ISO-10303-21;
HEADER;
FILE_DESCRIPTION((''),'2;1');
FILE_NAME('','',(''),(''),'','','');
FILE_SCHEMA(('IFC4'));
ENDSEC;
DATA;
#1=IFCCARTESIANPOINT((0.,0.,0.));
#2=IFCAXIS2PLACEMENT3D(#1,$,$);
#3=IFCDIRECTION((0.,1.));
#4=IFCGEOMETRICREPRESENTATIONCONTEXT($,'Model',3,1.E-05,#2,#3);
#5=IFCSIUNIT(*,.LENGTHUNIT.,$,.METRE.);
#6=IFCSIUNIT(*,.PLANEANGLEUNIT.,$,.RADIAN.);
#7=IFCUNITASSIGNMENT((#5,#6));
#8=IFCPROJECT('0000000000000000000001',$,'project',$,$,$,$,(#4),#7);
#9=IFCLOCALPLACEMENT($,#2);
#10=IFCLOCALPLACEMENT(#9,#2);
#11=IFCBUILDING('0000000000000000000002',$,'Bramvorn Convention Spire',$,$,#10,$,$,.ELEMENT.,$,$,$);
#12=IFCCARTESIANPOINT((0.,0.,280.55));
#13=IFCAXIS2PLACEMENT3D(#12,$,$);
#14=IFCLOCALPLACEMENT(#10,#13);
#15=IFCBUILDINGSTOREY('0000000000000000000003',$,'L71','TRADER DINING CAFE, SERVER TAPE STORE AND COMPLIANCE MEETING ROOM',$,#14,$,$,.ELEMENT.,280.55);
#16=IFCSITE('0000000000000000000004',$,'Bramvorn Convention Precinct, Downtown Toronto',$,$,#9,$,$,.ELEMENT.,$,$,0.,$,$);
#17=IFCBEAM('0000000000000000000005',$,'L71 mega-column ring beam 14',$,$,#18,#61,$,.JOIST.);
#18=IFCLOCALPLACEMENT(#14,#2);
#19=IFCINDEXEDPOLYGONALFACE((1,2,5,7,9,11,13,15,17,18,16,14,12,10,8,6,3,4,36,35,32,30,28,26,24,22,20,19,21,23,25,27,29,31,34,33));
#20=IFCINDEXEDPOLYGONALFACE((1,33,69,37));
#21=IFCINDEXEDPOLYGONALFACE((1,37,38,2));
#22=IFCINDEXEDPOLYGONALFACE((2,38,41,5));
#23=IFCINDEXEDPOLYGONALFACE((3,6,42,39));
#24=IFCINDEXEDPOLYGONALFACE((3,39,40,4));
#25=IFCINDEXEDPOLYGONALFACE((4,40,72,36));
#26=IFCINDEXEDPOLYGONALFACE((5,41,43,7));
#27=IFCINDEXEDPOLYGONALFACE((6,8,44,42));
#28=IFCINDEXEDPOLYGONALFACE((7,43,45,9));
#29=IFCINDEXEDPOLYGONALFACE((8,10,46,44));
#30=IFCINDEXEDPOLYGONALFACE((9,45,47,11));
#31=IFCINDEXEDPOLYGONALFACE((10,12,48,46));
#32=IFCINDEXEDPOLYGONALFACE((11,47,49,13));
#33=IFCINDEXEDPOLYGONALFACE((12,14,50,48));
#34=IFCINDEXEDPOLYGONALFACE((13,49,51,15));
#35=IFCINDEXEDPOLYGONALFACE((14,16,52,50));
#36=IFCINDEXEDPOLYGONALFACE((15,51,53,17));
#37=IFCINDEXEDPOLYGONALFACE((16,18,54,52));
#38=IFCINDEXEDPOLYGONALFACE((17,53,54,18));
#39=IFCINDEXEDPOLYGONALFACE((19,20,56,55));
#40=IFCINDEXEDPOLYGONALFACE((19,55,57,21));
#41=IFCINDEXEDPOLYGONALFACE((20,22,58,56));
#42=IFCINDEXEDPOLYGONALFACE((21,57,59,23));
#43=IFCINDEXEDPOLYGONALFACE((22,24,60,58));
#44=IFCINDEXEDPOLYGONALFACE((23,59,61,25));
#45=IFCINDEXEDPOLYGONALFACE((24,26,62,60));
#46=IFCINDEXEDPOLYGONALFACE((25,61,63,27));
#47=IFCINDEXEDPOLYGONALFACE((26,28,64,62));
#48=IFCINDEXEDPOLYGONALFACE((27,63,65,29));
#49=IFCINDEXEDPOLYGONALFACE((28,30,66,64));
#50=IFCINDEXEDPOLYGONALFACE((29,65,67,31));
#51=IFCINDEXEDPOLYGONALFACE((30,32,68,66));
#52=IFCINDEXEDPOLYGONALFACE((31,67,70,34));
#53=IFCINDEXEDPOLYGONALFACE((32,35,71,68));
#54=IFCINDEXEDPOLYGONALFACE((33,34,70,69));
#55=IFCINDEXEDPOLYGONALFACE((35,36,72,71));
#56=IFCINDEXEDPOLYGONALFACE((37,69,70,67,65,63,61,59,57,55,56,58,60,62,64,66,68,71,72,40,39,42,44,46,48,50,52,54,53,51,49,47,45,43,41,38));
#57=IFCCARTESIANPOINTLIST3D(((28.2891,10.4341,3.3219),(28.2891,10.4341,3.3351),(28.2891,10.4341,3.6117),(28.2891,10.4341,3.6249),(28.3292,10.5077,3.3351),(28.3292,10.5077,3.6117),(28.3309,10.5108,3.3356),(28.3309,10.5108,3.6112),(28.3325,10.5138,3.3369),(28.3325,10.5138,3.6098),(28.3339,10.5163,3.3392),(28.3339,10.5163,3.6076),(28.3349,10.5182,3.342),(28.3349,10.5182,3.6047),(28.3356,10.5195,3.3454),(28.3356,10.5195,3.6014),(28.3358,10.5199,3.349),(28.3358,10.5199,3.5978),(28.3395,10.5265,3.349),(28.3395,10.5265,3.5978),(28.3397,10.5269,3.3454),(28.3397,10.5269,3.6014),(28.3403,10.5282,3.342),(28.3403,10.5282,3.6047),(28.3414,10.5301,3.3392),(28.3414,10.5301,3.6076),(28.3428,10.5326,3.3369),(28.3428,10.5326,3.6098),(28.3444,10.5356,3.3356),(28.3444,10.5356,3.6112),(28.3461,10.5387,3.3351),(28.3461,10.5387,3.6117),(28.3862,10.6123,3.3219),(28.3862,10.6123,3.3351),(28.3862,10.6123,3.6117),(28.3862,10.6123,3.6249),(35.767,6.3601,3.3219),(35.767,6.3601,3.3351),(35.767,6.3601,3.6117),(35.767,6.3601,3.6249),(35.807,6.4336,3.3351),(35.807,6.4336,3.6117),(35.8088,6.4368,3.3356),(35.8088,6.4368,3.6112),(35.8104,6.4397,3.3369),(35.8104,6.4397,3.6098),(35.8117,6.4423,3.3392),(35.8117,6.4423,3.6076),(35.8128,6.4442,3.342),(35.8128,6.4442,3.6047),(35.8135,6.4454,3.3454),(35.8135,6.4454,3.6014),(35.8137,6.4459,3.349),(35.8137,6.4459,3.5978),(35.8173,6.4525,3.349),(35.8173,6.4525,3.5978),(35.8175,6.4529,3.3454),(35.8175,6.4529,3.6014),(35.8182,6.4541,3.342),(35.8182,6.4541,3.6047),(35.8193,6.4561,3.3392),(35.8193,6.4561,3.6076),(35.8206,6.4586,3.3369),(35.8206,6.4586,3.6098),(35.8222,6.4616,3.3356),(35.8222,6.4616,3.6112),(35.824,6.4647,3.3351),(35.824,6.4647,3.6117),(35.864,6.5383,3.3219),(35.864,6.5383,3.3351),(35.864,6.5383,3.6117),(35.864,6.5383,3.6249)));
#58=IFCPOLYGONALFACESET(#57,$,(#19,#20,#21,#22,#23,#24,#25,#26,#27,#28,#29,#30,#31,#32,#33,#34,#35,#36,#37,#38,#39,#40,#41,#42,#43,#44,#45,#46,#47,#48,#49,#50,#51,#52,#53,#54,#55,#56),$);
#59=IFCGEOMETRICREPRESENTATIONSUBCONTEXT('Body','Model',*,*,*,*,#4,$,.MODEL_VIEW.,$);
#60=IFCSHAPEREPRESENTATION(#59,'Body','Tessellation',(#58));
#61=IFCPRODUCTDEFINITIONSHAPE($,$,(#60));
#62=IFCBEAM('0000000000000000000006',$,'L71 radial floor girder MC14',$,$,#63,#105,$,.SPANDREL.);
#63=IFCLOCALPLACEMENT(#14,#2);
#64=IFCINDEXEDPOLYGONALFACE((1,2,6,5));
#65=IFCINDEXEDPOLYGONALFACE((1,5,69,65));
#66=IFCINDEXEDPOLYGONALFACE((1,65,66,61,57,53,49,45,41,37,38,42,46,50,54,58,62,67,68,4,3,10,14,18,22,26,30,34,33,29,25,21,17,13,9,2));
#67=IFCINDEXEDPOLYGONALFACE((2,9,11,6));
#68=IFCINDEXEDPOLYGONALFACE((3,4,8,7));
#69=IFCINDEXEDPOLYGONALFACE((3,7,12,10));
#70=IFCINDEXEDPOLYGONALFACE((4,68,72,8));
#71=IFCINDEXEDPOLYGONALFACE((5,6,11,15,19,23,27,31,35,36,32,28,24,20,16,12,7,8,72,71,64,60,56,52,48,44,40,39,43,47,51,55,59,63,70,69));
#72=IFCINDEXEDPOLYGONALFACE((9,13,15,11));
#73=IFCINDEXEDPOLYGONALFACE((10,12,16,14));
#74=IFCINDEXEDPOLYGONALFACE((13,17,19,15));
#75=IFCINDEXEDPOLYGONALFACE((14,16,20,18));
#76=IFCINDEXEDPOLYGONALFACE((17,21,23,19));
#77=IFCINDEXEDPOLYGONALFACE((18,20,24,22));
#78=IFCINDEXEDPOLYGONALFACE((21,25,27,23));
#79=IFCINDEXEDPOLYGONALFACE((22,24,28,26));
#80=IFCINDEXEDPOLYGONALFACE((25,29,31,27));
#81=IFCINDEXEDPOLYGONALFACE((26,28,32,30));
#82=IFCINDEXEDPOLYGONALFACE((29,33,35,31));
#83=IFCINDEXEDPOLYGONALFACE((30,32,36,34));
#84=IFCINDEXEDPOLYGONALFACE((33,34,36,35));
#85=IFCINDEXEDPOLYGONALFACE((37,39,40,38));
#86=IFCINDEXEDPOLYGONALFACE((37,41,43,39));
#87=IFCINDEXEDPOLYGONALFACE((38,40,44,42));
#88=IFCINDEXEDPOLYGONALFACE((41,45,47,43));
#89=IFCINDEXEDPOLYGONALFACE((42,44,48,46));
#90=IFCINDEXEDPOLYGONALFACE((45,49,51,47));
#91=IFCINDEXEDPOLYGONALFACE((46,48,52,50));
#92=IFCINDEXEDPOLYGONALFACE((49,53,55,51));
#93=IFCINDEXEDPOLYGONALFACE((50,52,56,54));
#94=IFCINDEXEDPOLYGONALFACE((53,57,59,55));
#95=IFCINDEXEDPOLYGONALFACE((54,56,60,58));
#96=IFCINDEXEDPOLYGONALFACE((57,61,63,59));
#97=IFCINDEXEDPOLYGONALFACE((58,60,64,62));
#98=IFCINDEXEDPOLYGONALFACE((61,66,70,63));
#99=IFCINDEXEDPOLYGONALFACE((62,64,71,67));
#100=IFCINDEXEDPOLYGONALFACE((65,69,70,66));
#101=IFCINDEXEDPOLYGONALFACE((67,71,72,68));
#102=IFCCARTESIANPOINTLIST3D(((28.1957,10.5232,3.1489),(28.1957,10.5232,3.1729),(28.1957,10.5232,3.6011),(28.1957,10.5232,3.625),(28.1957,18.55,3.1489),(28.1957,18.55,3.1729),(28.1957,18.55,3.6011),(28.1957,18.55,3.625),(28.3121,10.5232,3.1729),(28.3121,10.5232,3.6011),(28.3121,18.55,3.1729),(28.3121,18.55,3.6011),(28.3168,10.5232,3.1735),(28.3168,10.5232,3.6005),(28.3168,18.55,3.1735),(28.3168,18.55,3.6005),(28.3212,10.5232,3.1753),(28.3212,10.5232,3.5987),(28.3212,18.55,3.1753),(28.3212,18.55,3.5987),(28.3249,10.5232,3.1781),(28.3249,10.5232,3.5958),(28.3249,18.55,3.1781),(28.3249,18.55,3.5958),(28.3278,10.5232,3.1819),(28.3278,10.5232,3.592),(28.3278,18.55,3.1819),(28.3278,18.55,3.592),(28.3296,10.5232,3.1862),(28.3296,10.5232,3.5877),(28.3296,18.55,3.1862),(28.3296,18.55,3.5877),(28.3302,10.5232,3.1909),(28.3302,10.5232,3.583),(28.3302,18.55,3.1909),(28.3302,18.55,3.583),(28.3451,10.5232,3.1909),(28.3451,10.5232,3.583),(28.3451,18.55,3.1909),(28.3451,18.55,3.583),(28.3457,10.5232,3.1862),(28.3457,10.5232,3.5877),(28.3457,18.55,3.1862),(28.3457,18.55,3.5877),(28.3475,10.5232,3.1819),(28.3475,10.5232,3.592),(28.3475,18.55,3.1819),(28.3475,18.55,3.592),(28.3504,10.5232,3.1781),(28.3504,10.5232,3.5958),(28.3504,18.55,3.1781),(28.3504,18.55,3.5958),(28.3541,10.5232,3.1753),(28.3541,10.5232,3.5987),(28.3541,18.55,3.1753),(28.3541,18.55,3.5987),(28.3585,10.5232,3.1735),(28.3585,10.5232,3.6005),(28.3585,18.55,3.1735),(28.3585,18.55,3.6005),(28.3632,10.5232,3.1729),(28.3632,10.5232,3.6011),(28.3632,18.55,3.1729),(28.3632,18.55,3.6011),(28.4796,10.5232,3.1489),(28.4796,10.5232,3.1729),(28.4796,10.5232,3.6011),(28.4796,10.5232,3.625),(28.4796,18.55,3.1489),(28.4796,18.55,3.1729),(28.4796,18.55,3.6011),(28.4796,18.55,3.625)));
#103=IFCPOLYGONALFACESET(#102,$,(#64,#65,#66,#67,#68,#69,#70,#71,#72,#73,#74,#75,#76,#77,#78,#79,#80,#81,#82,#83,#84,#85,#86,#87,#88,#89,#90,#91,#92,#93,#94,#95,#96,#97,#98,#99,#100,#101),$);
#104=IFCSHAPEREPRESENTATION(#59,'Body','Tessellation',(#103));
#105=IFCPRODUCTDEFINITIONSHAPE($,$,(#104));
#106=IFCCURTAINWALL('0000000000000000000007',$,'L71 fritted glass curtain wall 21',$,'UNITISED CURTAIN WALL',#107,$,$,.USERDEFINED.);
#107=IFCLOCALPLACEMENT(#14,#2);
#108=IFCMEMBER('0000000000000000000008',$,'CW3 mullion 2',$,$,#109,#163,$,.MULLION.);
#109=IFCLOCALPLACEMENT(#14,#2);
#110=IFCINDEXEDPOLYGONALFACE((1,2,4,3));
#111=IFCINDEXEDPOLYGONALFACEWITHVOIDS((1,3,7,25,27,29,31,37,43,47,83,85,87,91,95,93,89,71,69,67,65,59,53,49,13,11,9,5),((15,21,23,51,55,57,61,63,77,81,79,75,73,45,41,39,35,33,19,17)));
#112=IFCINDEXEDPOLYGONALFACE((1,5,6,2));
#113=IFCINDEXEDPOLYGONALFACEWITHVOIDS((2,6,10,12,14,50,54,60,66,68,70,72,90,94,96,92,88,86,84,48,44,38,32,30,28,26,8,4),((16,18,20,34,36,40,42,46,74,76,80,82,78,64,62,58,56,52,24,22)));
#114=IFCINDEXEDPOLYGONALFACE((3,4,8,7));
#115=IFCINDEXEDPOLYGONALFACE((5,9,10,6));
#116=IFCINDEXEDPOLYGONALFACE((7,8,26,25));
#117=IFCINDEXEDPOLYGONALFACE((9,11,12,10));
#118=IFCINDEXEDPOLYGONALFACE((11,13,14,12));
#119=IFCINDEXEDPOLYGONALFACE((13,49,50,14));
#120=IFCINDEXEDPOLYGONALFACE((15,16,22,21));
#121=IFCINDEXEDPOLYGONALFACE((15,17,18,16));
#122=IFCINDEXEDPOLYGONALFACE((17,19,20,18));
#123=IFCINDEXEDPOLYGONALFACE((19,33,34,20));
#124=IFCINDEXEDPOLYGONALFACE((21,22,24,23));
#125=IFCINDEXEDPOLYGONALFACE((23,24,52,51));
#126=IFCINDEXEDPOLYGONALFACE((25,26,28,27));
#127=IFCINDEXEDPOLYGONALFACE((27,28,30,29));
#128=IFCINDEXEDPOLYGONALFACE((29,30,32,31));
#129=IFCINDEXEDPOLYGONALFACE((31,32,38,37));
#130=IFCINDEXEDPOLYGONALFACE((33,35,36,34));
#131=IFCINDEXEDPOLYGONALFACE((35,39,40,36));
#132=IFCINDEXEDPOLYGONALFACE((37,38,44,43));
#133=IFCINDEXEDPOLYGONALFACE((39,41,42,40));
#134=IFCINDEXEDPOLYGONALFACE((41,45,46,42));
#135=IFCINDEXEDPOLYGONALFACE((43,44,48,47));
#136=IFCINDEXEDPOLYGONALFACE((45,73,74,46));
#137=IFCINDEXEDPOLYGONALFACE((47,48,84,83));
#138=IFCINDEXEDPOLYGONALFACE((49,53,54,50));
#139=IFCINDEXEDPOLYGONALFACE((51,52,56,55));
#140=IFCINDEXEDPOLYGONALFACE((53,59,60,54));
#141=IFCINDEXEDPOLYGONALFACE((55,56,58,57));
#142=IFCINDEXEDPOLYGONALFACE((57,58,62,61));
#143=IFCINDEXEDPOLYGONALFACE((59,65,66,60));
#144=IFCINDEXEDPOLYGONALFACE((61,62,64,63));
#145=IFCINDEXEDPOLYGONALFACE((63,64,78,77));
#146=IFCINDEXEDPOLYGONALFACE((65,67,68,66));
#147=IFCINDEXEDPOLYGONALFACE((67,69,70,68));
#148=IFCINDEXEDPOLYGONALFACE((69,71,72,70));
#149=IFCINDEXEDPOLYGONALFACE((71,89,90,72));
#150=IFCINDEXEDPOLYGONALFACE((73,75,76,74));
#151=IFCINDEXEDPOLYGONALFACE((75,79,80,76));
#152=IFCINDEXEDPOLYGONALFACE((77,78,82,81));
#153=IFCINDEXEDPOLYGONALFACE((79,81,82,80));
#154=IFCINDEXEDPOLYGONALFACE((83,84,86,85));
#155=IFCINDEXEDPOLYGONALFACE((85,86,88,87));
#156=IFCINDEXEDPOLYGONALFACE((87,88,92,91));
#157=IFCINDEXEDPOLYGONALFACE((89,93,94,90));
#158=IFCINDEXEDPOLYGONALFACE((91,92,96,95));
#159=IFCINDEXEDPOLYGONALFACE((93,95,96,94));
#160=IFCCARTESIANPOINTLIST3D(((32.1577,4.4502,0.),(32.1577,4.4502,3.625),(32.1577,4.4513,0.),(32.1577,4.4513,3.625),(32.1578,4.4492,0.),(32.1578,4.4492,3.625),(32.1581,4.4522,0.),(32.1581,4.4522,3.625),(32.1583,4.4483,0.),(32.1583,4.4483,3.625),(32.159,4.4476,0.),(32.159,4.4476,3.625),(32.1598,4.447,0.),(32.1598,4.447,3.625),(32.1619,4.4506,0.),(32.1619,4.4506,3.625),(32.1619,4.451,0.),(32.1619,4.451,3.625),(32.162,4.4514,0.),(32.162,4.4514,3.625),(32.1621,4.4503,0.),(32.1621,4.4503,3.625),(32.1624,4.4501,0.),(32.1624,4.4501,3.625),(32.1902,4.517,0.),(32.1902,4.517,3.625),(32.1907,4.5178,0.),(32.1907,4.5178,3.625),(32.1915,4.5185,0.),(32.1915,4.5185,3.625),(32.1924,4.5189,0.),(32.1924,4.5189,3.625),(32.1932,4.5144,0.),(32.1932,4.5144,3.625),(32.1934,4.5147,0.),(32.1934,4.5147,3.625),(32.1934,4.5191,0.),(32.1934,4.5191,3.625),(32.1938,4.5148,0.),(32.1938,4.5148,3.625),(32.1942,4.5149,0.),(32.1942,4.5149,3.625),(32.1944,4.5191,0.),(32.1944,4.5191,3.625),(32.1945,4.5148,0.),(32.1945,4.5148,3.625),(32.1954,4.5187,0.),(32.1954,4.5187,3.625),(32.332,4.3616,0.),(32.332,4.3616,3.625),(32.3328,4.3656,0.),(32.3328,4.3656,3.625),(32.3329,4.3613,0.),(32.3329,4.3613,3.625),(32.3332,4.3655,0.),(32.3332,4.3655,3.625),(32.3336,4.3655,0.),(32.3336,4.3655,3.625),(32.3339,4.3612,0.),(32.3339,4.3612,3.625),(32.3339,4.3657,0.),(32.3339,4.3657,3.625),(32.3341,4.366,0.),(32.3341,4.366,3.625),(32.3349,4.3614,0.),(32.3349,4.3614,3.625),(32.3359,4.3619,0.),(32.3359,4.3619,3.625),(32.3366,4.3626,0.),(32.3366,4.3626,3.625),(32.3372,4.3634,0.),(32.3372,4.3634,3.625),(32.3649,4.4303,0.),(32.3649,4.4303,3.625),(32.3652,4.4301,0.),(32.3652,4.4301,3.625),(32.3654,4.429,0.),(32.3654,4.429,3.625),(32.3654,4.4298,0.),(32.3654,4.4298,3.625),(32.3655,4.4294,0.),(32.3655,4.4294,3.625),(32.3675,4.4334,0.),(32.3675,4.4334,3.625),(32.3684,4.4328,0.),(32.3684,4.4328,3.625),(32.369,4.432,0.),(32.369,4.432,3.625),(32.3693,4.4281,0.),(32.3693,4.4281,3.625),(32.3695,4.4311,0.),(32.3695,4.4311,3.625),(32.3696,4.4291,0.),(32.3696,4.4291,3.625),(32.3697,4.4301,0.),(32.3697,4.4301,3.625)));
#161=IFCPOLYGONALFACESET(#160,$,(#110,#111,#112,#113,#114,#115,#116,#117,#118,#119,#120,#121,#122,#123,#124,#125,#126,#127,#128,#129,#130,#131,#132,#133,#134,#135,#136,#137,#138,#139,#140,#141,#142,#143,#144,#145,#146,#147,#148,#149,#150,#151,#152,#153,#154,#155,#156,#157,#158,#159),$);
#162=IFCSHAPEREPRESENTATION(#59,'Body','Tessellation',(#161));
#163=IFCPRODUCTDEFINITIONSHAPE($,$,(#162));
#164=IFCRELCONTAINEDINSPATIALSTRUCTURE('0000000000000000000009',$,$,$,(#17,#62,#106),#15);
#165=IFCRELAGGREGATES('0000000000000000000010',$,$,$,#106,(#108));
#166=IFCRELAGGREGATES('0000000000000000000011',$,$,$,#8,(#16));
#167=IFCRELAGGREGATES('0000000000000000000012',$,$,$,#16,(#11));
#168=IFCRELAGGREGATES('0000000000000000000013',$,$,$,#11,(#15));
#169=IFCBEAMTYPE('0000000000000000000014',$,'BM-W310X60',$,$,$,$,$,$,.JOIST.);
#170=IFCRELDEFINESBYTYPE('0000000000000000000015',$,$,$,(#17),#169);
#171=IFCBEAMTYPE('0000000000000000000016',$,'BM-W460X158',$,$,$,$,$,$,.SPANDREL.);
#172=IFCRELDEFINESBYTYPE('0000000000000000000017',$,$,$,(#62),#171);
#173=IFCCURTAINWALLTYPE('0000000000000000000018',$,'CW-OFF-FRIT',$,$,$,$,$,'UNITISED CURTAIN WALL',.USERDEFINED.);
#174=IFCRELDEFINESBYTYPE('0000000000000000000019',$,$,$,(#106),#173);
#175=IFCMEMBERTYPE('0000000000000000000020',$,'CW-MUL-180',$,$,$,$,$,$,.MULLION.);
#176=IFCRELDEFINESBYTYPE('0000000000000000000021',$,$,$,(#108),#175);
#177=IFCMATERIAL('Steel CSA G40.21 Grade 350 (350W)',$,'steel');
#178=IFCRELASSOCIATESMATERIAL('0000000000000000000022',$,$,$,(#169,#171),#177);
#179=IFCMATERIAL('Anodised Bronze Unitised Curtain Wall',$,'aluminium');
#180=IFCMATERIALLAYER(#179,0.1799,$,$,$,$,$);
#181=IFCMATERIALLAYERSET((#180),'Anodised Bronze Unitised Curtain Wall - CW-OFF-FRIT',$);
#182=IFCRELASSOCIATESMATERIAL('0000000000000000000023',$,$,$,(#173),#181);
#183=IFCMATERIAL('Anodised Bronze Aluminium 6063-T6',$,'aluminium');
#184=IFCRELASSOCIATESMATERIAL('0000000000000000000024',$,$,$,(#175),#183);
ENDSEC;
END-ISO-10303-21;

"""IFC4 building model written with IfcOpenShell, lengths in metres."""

from ifc_helpers import new_model, si_unit, direction, frame, origin, origin_2d, place, context, subcontext, project, spatial, hollow_rectangle, i_section, extrude, material, layer, layer_set, material_profile, profile_set, type_object, element, aggregate, save


model = new_model("IFC4")

# Units and contexts
model_context = context("Model", 3, precision=1e-05, world=origin(), true_north=direction((0.0, 1.0)))
body_context = subcontext(model_context, "Body", "Model", "MODEL_VIEW")
ifc_project = project(units=[si_unit("LENGTHUNIT", "METRE"), si_unit("PLANEANGLEUNIT", "RADIAN")], contexts=[model_context])

# Site, building, storey
site_placement = place(None, origin())
site = spatial("IfcSite", under=ifc_project, at=site_placement, Name="Bramvorn Convention Precinct, Downtown Toronto", CompositionType="ELEMENT", RefElevation=0.0)
building_placement = place(site_placement, origin())
building = spatial("IfcBuilding", under=site, at=building_placement, Name="Bramvorn Convention Spire", CompositionType="ELEMENT")
storey_placement = place(building_placement, frame((0.0, 0.0, 280.55)))
storey = spatial("IfcBuildingStorey", under=building, at=storey_placement, Name="L71", Description="TRADER DINING CAFE, SERVER TAPE STORE AND COMPLIANCE MEETING ROOM", CompositionType="ELEMENT", Elevation=280.55)

# Shared definitions
ifc_material_1 = material(Name="Steel CSA G40.21 Grade 350 (350W)", Category="steel")

# Beams
ifc_material_profile_1 = material_profile(ifc_material_1, i_section(OverallWidth=0.2029, OverallDepth=0.303, WebThickness=0.0076, FlangeThickness=0.0132, FilletRadius=0.0139, at=origin_2d()))
ifc_profile_set_1 = profile_set([ifc_material_profile_1], Name="Steel CSA G40.21 Grade 350 (350W) - W310X60")
beam_type_1 = type_object("IfcBeamType", Name="BM-W310X60", PredefinedType="JOIST", material=ifc_profile_set_1)
beam_1_placement = place(storey_placement, frame((28.3376, 10.5232, 3.4734), z_axis=(0.878133, -0.478416, 0.0), x_axis=(0.478416, 0.878133, 0.0)))
element("IfcBeam", 1, at=beam_1_placement, inside=storey, type_object=beam_type_1, Name="L71 mega-column ring beam 14", PredefinedType="JOIST", context=body_context, shape_type="SweptSolid", body=[
    extrude(i_section(OverallWidth=0.2029, OverallDepth=0.303, WebThickness=0.0076, FlangeThickness=0.0132, FilletRadius=0.0139, at=origin_2d()), origin(), (0.0, 0.0, 1.0), 8.5156),
])
ifc_material_profile_2 = material_profile(ifc_material_1, i_section(OverallWidth=0.2839, OverallDepth=0.4761, WebThickness=0.0149, FlangeThickness=0.0239, FilletRadius=0.0181, at=origin_2d()))
ifc_profile_set_2 = profile_set([ifc_material_profile_2], Name="Steel CSA G40.21 Grade 350 (350W) - W460X158")
beam_type_2 = type_object("IfcBeamType", Name="BM-W460X158", PredefinedType="SPANDREL", material=ifc_profile_set_2)
beam_2_placement = place(storey_placement, frame((28.3376, 18.55, 3.387), z_axis=(0.0, -1.0, 0.0), x_axis=(1.0, 0.0, 0.0)))
element("IfcBeam", 2, at=beam_2_placement, inside=storey, type_object=beam_type_2, Name="L71 radial floor girder MC14", PredefinedType="SPANDREL", context=body_context, shape_type="SweptSolid", body=[
    extrude(i_section(OverallWidth=0.2839, OverallDepth=0.4761, WebThickness=0.0149, FlangeThickness=0.0239, FilletRadius=0.0181, at=origin_2d()), origin(), (0.0, 0.0, 1.0), 8.0269),
])

# Curtain wall, member
ifc_material_2 = material(Name="Anodised Bronze Unitised Curtain Wall", Category="aluminium")
ifc_layer_1 = layer(ifc_material_2, 0.1799)
ifc_layer_set_1 = layer_set([ifc_layer_1], Name="Anodised Bronze Unitised Curtain Wall - CW-OFF-FRIT")
curtain_wall_type = type_object("IfcCurtainWallType", Name="CW-OFF-FRIT", ElementType="UNITISED CURTAIN WALL", PredefinedType="USERDEFINED", material=ifc_layer_set_1)
curtain_wall_placement = place(storey_placement, origin())
curtain_wall = element("IfcCurtainWall", 3, at=curtain_wall_placement, inside=storey, type_object=curtain_wall_type, Name="L71 fritted glass curtain wall 21", ObjectType="UNITISED CURTAIN WALL", PredefinedType="USERDEFINED")
ifc_material_3 = material(Name="Anodised Bronze Aluminium 6063-T6", Category="aluminium")
ifc_material_profile_3 = material_profile(ifc_material_3, hollow_rectangle(XDim=0.0801, YDim=0.2, WallThickness=0.0039, InnerFilletRadius=0.001, OuterFilletRadius=0.0039, at=origin_2d()))
ifc_profile_set_3 = profile_set([ifc_material_profile_3], Name="Anodised Bronze Aluminium 6063-T6 - CWM80X200")
member_type_1 = type_object("IfcMemberType", Name="CW-MUL-180", PredefinedType="MULLION", material=ifc_profile_set_3)
member_1_placement = place(storey_placement, frame((32.2637, 4.4402, 0.0), z_axis=(0.0, 0.0, 1.0), x_axis=(-0.444191, -0.895932, 0.0)))
member_1 = element("IfcMember", 4, at=member_1_placement, type_object=member_type_1, Name="CW3 mullion 2", PredefinedType="MULLION", context=body_context, shape_type="SweptSolid", body=[
    extrude(hollow_rectangle(XDim=0.0801, YDim=0.2, WallThickness=0.0039, InnerFilletRadius=0.001, OuterFilletRadius=0.0039, at=origin_2d()), origin(), (0.0, 0.0, 1.0), 3.625),
])
aggregate(curtain_wall, [member_1])

save(model, "model.ifc")
